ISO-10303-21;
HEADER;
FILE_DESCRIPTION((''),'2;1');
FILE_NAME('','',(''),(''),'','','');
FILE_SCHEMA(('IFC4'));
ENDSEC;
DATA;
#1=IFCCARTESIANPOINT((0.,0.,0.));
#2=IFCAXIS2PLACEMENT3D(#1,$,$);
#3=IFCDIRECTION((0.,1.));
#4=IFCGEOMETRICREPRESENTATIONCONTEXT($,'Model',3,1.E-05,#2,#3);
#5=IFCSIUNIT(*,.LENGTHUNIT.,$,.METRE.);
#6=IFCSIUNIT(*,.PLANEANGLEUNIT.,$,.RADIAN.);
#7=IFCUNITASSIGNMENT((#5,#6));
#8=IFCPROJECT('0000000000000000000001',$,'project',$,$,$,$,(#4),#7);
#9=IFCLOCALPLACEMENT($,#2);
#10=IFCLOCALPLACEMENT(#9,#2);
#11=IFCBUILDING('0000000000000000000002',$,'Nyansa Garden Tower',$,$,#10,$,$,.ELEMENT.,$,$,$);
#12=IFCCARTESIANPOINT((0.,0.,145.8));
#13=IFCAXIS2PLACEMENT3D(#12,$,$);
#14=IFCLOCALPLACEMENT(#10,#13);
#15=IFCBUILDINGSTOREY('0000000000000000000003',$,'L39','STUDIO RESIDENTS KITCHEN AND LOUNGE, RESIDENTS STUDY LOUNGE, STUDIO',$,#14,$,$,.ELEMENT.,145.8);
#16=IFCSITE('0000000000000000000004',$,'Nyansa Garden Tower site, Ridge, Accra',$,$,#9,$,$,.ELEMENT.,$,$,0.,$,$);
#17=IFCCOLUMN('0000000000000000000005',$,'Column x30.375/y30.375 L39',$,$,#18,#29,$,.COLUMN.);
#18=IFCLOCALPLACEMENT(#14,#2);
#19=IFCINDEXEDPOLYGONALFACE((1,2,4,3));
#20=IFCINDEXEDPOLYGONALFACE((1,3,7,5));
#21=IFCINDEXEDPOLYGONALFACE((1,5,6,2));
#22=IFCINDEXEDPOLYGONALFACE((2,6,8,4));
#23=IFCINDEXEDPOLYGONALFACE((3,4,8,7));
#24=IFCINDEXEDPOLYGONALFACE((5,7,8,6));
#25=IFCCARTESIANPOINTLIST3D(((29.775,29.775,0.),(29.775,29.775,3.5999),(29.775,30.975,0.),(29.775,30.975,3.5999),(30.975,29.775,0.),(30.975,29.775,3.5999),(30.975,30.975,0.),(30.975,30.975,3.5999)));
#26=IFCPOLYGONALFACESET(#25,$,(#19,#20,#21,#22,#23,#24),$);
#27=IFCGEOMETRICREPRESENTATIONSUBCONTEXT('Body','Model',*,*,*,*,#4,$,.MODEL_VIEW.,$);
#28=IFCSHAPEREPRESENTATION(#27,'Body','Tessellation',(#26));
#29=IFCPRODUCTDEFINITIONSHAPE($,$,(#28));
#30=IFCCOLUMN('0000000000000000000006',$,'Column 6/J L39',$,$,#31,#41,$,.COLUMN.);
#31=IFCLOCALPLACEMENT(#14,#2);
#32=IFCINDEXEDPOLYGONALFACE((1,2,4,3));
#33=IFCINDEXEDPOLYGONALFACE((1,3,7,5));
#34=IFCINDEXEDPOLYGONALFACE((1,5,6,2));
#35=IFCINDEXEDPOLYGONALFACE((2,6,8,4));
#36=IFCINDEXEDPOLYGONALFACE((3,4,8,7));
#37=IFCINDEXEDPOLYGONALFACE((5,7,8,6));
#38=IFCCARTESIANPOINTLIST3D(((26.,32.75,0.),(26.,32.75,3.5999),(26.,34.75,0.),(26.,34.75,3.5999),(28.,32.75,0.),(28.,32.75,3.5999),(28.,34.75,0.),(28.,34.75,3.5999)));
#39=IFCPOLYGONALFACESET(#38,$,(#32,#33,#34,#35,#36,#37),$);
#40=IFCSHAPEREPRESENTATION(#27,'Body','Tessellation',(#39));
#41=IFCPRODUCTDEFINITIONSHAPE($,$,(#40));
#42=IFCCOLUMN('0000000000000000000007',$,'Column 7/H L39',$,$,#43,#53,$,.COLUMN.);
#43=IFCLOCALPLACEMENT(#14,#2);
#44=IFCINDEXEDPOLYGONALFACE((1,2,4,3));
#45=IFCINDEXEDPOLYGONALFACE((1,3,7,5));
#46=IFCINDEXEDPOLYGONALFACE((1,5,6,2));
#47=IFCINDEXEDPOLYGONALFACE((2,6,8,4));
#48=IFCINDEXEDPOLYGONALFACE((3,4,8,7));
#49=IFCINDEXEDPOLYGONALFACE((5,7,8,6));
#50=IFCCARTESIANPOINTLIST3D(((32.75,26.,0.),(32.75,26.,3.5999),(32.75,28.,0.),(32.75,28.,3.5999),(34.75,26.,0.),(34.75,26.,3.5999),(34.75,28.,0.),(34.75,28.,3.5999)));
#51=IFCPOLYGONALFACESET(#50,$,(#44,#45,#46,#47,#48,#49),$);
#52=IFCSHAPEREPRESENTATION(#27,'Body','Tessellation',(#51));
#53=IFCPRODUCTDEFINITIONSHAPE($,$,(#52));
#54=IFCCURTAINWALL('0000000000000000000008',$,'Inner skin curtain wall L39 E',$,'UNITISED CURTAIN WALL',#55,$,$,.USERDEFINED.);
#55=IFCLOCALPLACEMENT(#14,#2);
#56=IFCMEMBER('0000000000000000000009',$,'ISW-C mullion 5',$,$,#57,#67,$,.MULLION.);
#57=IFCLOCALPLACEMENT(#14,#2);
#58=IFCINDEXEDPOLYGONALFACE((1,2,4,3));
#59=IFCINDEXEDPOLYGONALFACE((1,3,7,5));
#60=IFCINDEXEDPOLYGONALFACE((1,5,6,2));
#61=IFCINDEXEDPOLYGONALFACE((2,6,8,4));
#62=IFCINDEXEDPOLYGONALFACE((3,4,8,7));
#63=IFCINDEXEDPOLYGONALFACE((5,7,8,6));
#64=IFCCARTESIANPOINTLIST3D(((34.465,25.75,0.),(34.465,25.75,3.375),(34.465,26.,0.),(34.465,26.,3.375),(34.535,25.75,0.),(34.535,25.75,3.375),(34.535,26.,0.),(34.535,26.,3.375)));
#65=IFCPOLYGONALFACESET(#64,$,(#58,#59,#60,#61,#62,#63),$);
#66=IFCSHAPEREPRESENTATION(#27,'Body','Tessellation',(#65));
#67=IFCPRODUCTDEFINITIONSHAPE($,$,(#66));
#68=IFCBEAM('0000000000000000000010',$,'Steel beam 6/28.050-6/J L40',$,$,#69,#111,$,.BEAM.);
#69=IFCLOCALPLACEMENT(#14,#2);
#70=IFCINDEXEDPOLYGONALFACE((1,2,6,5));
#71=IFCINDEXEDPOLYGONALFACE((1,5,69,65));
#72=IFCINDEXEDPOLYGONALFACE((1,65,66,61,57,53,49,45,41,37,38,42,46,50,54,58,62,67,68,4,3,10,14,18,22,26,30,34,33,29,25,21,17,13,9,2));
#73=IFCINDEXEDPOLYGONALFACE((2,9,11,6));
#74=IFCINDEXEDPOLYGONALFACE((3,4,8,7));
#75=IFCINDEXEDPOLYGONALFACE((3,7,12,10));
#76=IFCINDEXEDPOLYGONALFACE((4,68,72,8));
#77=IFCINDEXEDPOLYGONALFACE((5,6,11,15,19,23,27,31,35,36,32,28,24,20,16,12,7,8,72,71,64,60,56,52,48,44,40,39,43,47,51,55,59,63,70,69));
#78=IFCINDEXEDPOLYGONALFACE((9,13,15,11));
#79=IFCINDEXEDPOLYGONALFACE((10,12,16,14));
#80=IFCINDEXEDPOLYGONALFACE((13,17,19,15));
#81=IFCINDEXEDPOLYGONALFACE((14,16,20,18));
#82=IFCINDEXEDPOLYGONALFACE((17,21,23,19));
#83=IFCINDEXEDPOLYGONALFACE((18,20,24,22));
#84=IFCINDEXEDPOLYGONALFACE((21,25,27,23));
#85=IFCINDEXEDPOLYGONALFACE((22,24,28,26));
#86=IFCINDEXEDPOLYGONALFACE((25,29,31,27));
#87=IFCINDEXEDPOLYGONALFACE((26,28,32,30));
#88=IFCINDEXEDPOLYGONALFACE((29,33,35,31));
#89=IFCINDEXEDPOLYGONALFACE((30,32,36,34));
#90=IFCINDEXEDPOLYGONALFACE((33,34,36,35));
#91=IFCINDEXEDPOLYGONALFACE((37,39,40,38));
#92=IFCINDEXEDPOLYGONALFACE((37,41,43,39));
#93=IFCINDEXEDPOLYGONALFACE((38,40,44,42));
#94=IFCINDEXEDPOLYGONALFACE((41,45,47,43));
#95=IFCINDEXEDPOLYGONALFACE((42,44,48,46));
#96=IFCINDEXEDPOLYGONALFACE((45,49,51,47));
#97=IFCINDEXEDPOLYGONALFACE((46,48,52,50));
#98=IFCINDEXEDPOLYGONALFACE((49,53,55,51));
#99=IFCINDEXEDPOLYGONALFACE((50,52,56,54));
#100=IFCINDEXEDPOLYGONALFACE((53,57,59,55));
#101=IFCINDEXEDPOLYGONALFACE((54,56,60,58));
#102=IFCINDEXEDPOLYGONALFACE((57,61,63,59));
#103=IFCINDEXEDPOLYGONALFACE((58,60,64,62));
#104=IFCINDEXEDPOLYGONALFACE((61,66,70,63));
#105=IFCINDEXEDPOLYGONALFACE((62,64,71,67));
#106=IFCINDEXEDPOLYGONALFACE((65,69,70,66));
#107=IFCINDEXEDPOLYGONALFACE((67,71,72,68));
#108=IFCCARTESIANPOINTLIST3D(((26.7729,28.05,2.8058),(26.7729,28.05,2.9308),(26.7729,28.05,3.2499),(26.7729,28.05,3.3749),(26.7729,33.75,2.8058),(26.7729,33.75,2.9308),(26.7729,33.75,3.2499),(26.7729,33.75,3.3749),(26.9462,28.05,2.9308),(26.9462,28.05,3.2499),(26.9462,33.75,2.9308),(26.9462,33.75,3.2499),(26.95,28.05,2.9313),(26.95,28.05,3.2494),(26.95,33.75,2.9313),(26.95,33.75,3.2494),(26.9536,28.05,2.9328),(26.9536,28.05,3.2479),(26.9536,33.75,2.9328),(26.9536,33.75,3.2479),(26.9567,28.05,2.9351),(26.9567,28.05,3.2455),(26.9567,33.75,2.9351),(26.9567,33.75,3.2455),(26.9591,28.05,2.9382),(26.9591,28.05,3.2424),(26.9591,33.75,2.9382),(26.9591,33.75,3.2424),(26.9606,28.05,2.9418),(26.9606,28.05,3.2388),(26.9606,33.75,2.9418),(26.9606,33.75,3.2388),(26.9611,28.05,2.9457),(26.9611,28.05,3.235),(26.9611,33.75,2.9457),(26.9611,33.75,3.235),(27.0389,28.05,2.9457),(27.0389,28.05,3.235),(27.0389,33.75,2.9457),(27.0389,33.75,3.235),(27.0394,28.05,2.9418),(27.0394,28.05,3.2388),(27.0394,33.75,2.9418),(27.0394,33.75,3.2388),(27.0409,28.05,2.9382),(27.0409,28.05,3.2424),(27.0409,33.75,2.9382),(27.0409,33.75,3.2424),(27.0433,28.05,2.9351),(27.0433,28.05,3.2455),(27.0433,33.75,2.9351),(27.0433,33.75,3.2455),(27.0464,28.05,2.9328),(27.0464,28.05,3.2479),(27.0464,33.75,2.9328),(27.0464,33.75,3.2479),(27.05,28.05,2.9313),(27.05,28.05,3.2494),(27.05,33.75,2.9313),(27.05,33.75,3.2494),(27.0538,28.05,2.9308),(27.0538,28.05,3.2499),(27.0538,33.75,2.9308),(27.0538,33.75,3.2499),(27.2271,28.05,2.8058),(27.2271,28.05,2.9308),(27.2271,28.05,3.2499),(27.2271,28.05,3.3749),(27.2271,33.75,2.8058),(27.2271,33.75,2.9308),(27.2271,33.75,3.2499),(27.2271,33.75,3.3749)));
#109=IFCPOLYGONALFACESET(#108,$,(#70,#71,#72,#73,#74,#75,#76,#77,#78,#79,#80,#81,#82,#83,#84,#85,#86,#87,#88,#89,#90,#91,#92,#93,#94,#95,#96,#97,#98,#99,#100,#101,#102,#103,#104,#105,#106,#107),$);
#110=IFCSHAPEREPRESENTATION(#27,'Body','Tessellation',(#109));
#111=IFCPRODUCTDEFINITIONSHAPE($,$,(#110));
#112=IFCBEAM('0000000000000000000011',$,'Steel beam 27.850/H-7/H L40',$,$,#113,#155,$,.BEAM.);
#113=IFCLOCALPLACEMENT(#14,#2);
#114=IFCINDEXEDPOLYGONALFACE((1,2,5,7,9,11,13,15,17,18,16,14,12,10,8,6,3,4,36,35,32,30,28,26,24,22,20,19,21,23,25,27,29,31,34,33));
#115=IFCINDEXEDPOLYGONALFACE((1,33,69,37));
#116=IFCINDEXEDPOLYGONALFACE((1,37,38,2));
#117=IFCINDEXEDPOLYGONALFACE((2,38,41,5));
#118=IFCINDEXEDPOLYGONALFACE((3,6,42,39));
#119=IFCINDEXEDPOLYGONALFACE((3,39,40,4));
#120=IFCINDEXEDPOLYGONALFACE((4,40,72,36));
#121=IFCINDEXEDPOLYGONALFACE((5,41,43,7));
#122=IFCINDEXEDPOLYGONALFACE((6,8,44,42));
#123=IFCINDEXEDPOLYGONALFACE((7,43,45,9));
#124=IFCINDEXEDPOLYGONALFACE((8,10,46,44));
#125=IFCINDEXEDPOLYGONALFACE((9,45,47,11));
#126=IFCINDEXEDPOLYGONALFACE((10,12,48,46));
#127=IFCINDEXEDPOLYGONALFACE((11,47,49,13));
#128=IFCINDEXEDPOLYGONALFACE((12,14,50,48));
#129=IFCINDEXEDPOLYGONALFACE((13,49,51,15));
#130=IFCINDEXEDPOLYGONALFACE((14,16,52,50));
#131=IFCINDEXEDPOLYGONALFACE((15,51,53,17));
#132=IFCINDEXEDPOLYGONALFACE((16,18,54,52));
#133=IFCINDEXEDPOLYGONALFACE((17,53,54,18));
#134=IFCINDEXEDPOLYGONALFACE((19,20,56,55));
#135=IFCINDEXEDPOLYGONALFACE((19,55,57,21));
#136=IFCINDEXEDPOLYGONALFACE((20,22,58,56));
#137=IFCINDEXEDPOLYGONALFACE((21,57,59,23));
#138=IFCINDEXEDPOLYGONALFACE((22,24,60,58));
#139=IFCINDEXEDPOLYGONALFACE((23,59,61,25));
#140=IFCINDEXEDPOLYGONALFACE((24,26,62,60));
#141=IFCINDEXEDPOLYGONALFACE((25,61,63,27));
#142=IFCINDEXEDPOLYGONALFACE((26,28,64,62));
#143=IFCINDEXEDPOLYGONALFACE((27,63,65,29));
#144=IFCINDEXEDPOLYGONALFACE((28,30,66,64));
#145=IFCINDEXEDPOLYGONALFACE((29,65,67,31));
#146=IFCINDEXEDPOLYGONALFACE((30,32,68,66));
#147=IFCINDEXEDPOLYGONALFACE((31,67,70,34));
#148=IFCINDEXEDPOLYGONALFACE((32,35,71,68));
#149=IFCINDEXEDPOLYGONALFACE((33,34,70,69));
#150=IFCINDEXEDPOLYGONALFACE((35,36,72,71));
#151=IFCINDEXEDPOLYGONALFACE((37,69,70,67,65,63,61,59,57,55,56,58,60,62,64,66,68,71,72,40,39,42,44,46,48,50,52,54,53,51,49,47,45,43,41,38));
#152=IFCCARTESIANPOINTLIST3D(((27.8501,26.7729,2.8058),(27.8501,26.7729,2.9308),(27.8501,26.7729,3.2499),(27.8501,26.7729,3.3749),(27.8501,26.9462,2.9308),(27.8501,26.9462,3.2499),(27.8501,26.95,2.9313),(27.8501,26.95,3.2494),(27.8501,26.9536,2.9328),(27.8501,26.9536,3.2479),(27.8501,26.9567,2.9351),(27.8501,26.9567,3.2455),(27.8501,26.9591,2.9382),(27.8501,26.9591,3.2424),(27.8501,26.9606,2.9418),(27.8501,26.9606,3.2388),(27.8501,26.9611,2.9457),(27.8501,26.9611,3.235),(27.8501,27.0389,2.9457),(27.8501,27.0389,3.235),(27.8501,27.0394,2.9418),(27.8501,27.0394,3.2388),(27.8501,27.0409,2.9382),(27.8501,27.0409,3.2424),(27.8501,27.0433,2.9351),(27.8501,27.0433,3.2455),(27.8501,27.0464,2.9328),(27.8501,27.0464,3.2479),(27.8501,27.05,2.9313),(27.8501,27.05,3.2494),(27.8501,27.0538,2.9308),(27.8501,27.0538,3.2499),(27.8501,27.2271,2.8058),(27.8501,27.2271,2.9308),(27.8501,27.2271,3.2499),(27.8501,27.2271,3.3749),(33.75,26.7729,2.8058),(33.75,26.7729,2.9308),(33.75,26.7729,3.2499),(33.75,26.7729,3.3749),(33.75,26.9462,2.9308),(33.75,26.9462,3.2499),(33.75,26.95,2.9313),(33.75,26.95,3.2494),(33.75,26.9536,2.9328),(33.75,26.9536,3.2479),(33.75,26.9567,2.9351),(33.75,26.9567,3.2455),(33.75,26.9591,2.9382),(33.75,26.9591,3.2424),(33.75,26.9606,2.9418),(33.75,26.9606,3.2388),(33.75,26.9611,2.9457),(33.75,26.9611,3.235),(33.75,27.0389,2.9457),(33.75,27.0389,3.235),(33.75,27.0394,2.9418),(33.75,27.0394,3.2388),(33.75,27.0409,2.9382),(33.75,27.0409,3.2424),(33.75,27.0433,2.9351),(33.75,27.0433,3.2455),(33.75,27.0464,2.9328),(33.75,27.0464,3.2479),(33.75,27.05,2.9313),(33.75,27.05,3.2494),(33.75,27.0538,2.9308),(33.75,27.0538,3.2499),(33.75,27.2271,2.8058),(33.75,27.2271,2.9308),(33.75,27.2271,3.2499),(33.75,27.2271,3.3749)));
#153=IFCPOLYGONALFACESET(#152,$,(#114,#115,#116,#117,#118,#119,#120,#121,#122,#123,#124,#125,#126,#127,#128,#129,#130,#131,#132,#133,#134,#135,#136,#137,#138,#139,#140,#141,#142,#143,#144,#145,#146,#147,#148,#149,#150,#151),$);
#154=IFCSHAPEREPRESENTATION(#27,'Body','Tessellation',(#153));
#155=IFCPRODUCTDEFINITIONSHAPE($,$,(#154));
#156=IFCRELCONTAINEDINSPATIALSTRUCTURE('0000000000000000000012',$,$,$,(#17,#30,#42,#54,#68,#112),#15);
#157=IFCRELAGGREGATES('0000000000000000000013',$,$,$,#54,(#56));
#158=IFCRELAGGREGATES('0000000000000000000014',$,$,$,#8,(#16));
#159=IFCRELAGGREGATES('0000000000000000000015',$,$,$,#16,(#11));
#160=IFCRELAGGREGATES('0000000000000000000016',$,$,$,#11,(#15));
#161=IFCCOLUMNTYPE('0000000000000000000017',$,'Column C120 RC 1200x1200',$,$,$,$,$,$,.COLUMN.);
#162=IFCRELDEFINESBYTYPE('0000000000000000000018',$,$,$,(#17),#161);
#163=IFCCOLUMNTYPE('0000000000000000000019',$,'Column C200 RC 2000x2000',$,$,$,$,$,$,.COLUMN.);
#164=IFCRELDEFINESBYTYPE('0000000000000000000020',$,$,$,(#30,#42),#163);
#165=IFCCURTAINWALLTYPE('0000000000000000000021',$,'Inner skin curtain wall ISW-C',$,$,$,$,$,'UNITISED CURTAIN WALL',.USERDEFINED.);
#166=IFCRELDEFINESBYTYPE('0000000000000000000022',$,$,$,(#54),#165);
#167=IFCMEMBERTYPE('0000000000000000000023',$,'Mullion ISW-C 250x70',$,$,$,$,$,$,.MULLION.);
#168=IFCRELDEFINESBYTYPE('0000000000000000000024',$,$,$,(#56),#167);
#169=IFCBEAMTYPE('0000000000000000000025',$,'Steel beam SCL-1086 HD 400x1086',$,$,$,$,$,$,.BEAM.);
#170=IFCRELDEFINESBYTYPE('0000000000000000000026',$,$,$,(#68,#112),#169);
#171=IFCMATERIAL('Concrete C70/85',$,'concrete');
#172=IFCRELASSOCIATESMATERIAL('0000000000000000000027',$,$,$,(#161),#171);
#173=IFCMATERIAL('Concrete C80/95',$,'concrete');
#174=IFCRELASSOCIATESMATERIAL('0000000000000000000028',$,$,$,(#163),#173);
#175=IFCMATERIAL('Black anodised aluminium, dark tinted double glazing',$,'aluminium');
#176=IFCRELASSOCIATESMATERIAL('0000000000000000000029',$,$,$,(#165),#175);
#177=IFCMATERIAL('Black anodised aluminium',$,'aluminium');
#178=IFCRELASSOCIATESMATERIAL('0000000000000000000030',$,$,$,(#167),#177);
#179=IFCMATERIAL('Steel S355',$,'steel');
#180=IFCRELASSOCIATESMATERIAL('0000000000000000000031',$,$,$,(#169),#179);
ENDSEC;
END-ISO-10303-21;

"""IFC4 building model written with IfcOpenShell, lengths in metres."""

from ifc_helpers import new_model, si_unit, direction, frame, origin, origin_2d, place, context, subcontext, project, spatial, rectangle, i_section, extrude, material, material_profile, profile_set, type_object, element, aggregate, save


model = new_model("IFC4")

# Units and contexts
model_context = context("Model", 3, precision=1e-05, world=origin(), true_north=direction((0.0, 1.0)))
body_context = subcontext(model_context, "Body", "Model", "MODEL_VIEW")
ifc_project = project(units=[si_unit("LENGTHUNIT", "METRE"), si_unit("PLANEANGLEUNIT", "RADIAN")], contexts=[model_context])

# Site, building, storey
site_placement = place(None, origin())
site = spatial("IfcSite", under=ifc_project, at=site_placement, Name="Nyansa Garden Tower site, Ridge, Accra", CompositionType="ELEMENT", RefElevation=0.0)
building_placement = place(site_placement, origin())
building = spatial("IfcBuilding", under=site, at=building_placement, Name="Nyansa Garden Tower", CompositionType="ELEMENT")
storey_placement = place(building_placement, frame((0.0, 0.0, 145.8)))
storey = spatial("IfcBuildingStorey", under=building, at=storey_placement, Name="L39", Description="STUDIO RESIDENTS KITCHEN AND LOUNGE, RESIDENTS STUDY LOUNGE, STUDIO", CompositionType="ELEMENT", Elevation=145.8)

# Columns
ifc_material_1 = material(Name="Concrete C70/85", Category="concrete")
ifc_material_profile_1 = material_profile(ifc_material_1, rectangle(XDim=1.2, YDim=1.2, at=origin_2d()), Name="RC 1200x1200")
ifc_profile_set_1 = profile_set([ifc_material_profile_1], Name="Concrete C70/85")
column_type_1 = type_object("IfcColumnType", Name="Column C120 RC 1200x1200", PredefinedType="COLUMN", material=ifc_profile_set_1)
column_placement = place(storey_placement, frame((30.375, 30.375, 0.0), z_axis=(0.0, 0.0, 1.0), x_axis=(1.0, 0.0, 0.0)))
element("IfcColumn", 1, at=column_placement, inside=storey, type_object=column_type_1, Name="Column x30.375/y30.375 L39", PredefinedType="COLUMN", context=body_context, shape_type="SweptSolid", body=[
    extrude(rectangle(XDim=1.2, YDim=1.2, at=origin_2d()), origin(), (0.0, 0.0, 1.0), 3.5999),
])
ifc_material_2 = material(Name="Concrete C80/95", Category="concrete")
ifc_material_profile_2 = material_profile(ifc_material_2, rectangle(XDim=2.0, YDim=2.0, at=origin_2d()), Name="RC 2000x2000")
ifc_profile_set_2 = profile_set([ifc_material_profile_2], Name="Concrete C80/95")
column_type_2 = type_object("IfcColumnType", Name="Column C200 RC 2000x2000", PredefinedType="COLUMN", material=ifc_profile_set_2)
for number, where, z_axis, x_axis, name in (
    (2, (27.0, 33.75, 0.0), (0.0, 0.0, 1.0), (1.0, 0.0, 0.0), "Column 6/J L39"),
    (3, (33.75, 27.0, 0.0), (0.0, 0.0, 1.0), (1.0, 0.0, 0.0), "Column 7/H L39"),
):
    element("IfcColumn", number, at=place(storey_placement, frame(where, z_axis=z_axis, x_axis=x_axis)), inside=storey, type_object=column_type_2, Name=name, PredefinedType="COLUMN", context=body_context, shape_type="SweptSolid", body=[
        extrude(rectangle(XDim=2.0, YDim=2.0, at=origin_2d()), origin(), (0.0, 0.0, 1.0), 3.5999),
    ])

# Curtain wall, member
ifc_material_3 = material(Name="Black anodised aluminium, dark tinted double glazing", Category="aluminium")
curtain_wall_type = type_object("IfcCurtainWallType", Name="Inner skin curtain wall ISW-C", ElementType="UNITISED CURTAIN WALL", PredefinedType="USERDEFINED", material=ifc_material_3)
curtain_wall_placement = place(storey_placement, origin())
curtain_wall = element("IfcCurtainWall", 4, at=curtain_wall_placement, inside=storey, type_object=curtain_wall_type, Name="Inner skin curtain wall L39 E", ObjectType="UNITISED CURTAIN WALL", PredefinedType="USERDEFINED")
ifc_material_4 = material(Name="Black anodised aluminium", Category="aluminium")
ifc_material_profile_3 = material_profile(ifc_material_4, rectangle(XDim=0.0701, YDim=0.25, at=origin_2d()), Name="Mullion 250x70")
ifc_profile_set_3 = profile_set([ifc_material_profile_3], Name="Black anodised aluminium")
member_type_1 = type_object("IfcMemberType", Name="Mullion ISW-C 250x70", PredefinedType="MULLION", material=ifc_profile_set_3)
member_1_placement = place(storey_placement, frame((34.5, 25.875, 0.0), z_axis=(0.0, 0.0, 1.0), x_axis=(-1.0, 0.0, 0.0)))
member_1 = element("IfcMember", 5, at=member_1_placement, type_object=member_type_1, Name="ISW-C mullion 5", PredefinedType="MULLION", context=body_context, shape_type="SweptSolid", body=[
    extrude(rectangle(XDim=0.0701, YDim=0.25, at=origin_2d()), origin(), (0.0, 0.0, 1.0), 3.375),
])

# Beams
ifc_material_5 = material(Name="Steel S355", Category="steel")
ifc_material_profile_4 = material_profile(ifc_material_5, i_section(OverallWidth=0.4541, OverallDepth=0.5691, WebThickness=0.0779, FlangeThickness=0.125, FilletRadius=0.0149, at=origin_2d()), Name="HD 400x1086")
ifc_profile_set_4 = profile_set([ifc_material_profile_4], Name="Steel S355")
beam_type_1 = type_object("IfcBeamType", Name="Steel beam SCL-1086 HD 400x1086", PredefinedType="BEAM", material=ifc_profile_set_4)
beam_1_placement = place(storey_placement, frame((27.0, 28.05, 3.0903), z_axis=(0.0, 1.0, 0.0), x_axis=(-1.0, 0.0, 0.0)))
element("IfcBeam", 6, at=beam_1_placement, inside=storey, type_object=beam_type_1, Name="Steel beam 6/28.050-6/J L40", PredefinedType="BEAM", context=body_context, shape_type="SweptSolid", body=[
    extrude(i_section(OverallWidth=0.4541, OverallDepth=0.5691, WebThickness=0.0779, FlangeThickness=0.125, FilletRadius=0.0149, at=origin_2d()), origin(), (0.0, 0.0, 1.0), 5.7),
])
beam_2_placement = place(storey_placement, frame((27.8501, 27.0, 3.0903), z_axis=(1.0, 0.0, 0.0), x_axis=(0.0, 1.0, 0.0)))
element("IfcBeam", 7, at=beam_2_placement, inside=storey, type_object=beam_type_1, Name="Steel beam 27.850/H-7/H L40", PredefinedType="BEAM", context=body_context, shape_type="SweptSolid", body=[
    extrude(i_section(OverallWidth=0.4541, OverallDepth=0.5691, WebThickness=0.0779, FlangeThickness=0.125, FilletRadius=0.0149, at=origin_2d()), origin(), (0.0, 0.0, 1.0), 5.8999),
])

aggregate(curtain_wall, [member_1])

save(model, "model.ifc")
